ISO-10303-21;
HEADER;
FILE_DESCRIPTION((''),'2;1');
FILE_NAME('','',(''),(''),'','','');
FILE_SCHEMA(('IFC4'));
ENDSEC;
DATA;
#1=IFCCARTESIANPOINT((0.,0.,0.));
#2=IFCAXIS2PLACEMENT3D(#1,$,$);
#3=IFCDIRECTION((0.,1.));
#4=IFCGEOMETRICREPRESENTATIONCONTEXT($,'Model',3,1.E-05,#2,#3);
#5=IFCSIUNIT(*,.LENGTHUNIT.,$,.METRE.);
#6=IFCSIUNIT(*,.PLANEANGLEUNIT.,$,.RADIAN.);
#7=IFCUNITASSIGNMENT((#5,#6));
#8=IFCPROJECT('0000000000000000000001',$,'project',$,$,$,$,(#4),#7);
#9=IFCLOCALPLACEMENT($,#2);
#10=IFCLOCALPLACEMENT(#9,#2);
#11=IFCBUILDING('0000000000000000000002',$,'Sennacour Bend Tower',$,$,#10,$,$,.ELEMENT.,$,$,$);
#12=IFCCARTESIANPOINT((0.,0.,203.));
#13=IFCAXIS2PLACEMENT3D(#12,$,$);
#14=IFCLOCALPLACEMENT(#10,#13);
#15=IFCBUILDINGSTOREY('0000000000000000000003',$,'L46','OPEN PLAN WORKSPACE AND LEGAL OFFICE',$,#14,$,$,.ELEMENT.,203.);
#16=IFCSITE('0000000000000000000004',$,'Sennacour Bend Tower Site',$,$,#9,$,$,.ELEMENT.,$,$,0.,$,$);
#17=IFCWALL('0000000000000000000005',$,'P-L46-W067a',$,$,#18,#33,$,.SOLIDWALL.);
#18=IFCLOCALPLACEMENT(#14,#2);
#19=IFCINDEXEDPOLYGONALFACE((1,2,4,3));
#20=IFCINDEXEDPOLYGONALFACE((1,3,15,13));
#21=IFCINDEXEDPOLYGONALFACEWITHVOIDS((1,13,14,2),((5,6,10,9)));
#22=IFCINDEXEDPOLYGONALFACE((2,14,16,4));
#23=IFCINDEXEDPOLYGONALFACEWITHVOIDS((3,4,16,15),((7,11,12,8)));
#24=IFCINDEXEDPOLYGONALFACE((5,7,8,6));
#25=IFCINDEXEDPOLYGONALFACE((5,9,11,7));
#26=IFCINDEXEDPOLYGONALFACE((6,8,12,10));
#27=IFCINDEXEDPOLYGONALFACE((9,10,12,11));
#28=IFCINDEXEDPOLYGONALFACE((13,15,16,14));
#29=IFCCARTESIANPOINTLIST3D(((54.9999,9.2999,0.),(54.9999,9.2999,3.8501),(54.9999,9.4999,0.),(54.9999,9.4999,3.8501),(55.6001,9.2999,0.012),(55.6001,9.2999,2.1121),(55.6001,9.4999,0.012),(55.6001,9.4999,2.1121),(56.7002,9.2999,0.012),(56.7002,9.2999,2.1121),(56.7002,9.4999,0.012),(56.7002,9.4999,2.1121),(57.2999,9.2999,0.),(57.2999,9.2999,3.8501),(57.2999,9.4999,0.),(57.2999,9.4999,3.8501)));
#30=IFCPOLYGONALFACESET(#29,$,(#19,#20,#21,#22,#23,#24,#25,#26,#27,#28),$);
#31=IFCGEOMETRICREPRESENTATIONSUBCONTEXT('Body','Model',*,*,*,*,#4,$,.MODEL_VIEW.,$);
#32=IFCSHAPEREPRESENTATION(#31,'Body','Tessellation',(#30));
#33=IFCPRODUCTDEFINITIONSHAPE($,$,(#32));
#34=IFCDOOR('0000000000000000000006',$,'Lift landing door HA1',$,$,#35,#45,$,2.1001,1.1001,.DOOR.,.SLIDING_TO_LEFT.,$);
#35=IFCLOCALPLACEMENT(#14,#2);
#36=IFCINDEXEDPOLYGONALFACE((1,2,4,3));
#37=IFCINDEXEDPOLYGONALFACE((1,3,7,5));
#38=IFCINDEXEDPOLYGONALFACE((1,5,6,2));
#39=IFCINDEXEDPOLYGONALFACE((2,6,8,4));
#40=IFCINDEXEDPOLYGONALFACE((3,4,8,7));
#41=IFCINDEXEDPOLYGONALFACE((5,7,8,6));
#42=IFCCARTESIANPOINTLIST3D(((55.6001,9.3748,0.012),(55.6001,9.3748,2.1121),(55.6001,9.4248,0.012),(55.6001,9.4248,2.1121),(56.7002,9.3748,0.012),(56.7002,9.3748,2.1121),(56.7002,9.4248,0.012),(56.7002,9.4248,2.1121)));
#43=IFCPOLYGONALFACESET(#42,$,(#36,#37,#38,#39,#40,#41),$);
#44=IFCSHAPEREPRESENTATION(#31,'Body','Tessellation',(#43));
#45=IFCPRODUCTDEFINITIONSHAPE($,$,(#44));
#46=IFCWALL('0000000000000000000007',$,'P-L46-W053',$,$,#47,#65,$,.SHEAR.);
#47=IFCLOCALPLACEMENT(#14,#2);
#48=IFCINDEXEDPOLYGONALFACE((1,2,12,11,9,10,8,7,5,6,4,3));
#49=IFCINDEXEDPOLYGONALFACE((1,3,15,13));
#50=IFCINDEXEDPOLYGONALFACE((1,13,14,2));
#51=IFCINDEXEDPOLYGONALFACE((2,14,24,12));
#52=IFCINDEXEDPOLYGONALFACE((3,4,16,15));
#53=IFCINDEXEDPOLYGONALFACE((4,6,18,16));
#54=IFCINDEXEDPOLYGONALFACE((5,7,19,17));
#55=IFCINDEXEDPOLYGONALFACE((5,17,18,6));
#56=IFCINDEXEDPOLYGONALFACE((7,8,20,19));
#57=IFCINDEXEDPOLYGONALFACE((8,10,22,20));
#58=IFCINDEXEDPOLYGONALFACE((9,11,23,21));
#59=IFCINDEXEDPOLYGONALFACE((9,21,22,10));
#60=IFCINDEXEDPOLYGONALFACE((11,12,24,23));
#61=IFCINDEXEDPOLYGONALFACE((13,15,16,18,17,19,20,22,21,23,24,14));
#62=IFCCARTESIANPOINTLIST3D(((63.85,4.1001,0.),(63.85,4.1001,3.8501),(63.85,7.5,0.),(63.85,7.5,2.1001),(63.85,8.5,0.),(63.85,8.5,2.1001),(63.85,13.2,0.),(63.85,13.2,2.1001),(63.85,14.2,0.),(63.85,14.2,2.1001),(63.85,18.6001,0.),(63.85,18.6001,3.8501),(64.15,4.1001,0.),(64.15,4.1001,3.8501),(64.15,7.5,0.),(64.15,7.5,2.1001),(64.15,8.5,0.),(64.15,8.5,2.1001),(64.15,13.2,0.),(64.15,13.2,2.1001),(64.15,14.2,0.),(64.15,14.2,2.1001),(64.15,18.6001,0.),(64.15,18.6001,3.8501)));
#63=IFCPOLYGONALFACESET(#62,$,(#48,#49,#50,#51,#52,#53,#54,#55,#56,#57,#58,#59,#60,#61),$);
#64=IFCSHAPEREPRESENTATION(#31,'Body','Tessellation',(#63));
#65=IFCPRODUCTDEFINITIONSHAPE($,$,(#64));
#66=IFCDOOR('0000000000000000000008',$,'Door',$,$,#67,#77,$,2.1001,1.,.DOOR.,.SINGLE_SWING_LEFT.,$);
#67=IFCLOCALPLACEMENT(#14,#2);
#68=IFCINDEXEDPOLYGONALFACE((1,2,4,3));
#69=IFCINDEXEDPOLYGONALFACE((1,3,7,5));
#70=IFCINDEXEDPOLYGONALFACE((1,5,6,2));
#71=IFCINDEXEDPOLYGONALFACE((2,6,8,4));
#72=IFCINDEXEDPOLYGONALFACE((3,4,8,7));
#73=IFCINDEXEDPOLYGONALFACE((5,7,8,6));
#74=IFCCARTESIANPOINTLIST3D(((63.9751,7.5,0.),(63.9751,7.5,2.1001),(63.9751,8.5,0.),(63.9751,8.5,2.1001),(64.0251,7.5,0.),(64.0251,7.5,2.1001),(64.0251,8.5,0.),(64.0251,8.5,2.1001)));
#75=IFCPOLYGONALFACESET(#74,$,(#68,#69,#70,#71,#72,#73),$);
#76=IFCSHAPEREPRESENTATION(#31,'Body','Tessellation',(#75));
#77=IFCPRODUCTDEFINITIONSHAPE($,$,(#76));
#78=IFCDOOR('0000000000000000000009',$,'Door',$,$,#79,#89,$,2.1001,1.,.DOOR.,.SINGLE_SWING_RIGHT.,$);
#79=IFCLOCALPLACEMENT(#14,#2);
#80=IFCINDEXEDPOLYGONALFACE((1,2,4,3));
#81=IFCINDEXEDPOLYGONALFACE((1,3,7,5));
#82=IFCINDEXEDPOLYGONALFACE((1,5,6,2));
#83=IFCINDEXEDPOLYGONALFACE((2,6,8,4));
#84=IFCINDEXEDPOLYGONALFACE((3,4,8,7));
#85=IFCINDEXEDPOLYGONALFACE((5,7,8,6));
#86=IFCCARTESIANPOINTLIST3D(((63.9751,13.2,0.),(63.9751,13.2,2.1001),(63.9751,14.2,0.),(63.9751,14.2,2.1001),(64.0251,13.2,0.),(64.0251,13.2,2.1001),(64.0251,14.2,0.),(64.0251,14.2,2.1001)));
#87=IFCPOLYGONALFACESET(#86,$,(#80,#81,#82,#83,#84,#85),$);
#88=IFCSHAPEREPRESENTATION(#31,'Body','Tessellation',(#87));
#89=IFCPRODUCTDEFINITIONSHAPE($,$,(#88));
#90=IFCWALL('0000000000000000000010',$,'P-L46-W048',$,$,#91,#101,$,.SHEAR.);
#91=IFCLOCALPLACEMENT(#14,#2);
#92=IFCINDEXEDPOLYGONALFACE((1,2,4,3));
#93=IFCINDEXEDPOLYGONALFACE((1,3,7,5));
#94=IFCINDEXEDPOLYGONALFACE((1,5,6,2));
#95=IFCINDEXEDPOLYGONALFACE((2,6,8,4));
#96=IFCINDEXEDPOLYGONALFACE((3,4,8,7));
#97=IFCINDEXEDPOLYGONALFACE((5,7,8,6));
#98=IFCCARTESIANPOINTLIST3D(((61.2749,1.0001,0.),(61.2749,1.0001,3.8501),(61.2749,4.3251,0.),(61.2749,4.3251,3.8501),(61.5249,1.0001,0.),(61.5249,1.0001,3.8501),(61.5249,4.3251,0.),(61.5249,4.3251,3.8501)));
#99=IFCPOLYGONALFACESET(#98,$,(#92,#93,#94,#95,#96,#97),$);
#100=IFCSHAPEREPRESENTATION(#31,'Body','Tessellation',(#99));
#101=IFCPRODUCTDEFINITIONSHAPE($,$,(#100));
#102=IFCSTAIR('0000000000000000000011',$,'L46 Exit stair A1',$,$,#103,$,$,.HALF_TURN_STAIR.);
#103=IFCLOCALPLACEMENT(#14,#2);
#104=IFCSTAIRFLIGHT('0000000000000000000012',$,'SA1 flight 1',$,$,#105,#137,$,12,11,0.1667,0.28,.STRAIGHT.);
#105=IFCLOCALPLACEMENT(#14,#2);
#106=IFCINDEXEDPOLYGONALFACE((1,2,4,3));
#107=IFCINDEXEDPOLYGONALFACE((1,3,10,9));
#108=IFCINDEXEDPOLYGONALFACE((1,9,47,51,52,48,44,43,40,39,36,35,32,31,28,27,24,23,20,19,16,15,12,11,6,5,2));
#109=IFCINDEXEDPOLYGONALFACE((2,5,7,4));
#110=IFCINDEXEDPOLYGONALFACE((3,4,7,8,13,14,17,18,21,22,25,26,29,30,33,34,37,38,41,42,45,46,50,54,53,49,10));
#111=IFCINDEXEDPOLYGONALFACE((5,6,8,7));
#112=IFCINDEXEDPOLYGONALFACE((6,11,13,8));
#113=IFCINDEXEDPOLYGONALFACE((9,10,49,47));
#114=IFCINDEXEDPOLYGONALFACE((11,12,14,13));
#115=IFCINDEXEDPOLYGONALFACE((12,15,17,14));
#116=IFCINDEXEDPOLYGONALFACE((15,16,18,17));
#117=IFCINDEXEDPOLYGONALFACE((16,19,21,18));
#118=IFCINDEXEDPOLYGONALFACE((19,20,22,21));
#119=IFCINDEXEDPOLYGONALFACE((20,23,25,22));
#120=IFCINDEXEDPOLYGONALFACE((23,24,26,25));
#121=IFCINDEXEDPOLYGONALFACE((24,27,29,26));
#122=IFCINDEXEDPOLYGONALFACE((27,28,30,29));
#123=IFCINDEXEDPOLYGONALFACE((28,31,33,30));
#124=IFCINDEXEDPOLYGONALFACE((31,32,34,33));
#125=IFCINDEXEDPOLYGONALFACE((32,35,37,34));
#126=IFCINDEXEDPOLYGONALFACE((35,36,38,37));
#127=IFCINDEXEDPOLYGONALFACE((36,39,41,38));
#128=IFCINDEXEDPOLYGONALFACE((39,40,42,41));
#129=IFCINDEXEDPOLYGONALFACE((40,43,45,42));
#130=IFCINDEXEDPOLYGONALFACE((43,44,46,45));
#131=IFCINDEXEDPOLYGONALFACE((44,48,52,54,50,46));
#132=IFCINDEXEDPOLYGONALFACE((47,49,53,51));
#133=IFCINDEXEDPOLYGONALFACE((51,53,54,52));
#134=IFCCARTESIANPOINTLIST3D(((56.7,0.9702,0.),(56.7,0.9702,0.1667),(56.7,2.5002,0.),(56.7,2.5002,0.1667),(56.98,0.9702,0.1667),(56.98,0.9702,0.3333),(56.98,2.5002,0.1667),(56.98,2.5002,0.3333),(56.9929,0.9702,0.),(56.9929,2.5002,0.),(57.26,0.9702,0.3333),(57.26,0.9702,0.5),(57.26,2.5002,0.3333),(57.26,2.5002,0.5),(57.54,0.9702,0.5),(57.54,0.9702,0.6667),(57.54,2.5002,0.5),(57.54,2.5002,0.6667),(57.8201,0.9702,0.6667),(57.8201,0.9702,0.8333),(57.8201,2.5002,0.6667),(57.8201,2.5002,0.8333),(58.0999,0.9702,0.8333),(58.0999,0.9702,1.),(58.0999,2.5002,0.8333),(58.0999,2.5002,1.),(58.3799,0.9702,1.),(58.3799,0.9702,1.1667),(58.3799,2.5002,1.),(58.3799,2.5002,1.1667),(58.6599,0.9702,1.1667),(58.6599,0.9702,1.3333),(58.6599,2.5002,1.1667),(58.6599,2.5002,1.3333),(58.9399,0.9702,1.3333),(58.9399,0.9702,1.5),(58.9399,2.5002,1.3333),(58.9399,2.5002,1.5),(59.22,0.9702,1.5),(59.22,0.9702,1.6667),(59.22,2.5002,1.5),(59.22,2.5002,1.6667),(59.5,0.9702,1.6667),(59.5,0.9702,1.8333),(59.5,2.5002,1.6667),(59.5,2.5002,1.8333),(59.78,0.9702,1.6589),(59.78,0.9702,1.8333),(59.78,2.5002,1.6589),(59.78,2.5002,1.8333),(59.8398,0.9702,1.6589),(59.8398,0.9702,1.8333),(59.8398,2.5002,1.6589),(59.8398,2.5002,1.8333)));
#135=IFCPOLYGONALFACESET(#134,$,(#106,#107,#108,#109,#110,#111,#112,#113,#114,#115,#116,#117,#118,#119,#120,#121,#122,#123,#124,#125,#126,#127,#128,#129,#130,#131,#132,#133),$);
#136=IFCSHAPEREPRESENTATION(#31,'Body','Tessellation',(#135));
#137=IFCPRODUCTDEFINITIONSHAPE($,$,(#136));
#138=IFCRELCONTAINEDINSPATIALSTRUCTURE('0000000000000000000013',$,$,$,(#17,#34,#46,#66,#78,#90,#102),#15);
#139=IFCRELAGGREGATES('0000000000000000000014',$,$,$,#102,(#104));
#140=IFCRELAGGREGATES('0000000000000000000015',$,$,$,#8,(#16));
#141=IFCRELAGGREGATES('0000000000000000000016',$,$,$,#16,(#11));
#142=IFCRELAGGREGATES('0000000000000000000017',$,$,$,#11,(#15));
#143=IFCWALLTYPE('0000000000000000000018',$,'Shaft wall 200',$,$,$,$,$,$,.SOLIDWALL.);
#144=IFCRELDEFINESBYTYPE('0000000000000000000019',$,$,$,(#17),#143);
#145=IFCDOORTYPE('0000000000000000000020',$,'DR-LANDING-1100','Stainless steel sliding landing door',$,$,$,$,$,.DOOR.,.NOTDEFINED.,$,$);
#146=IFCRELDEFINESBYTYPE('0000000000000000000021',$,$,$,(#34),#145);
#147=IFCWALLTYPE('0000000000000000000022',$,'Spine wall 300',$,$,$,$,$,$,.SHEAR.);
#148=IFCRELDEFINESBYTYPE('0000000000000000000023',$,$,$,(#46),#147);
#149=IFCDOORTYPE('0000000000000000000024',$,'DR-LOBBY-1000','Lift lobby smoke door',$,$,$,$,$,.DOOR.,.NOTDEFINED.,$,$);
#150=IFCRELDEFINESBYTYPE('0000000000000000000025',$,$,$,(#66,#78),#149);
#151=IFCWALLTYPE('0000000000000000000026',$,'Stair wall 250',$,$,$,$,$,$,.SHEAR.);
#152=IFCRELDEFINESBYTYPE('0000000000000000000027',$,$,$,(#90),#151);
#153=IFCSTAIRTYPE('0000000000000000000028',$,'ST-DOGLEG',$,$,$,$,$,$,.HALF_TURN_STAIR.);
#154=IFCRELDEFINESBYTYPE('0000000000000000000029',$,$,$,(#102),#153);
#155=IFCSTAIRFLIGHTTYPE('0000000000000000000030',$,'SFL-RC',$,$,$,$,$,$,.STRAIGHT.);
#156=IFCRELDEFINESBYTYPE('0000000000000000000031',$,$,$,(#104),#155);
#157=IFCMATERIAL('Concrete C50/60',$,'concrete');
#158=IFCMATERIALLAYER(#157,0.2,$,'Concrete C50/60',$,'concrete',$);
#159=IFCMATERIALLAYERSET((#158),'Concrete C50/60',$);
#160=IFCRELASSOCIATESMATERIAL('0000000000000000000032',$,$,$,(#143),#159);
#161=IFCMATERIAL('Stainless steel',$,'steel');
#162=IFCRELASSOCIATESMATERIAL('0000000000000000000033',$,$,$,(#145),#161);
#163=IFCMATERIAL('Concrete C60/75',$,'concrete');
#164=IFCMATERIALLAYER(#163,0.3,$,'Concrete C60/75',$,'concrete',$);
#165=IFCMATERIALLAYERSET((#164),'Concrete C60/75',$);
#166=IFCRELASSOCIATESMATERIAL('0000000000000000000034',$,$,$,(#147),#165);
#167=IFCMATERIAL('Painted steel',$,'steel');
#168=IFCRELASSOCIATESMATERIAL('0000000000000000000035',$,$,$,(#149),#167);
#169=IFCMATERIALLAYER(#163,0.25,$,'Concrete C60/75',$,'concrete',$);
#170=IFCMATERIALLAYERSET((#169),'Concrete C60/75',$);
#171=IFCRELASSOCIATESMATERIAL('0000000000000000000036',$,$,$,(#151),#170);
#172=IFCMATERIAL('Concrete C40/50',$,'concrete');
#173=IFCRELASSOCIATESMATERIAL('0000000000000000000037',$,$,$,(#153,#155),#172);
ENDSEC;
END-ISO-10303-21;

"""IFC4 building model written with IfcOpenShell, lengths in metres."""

from ifc_helpers import new_model, si_unit, direction, frame, frame_2d, origin, place, context, subcontext, project, spatial, polyline, rectangle, outline, extrude, material, layer, layer_set, type_object, element, fill, aggregate, save


model = new_model("IFC4")

# Units and contexts
model_context = context("Model", 3, precision=1e-05, world=origin(), true_north=direction((0.0, 1.0)))
body_context = subcontext(model_context, "Body", "Model", "MODEL_VIEW")
ifc_project = project(units=[si_unit("LENGTHUNIT", "METRE"), si_unit("PLANEANGLEUNIT", "RADIAN")], contexts=[model_context])

# Site, building, storey
site_placement = place(None, origin())
site = spatial("IfcSite", under=ifc_project, at=site_placement, Name="Sennacour Bend Tower Site", CompositionType="ELEMENT", RefElevation=0.0)
building_placement = place(site_placement, origin())
building = spatial("IfcBuilding", under=site, at=building_placement, Name="Sennacour Bend Tower", CompositionType="ELEMENT")
storey_placement = place(building_placement, frame((0.0, 0.0, 203.0)))
storey = spatial("IfcBuildingStorey", under=building, at=storey_placement, Name="L46", Description="OPEN PLAN WORKSPACE AND LEGAL OFFICE", CompositionType="ELEMENT", Elevation=203.0)

# Shared definitions
ifc_material_1 = material(Name="Concrete C60/75", Category="concrete")

# Shared definitions
ifc_material_2 = material(Name="Painted steel", Category="steel")

# Shared definitions
ifc_material_3 = material(Name="Concrete C50/60", Category="concrete")
ifc_layer_1 = layer(ifc_material_3, 0.2, Name="Concrete C50/60", Category="concrete")
ifc_layer_set_1 = layer_set([ifc_layer_1], Name="Concrete C50/60")
wall_type_1 = type_object("IfcWallType", Name="Shaft wall 200", PredefinedType="SOLIDWALL", material=ifc_layer_set_1)

# Wall, opening, door
wall_1_placement = place(storey_placement, frame((55.0, 9.3999, 0.0), z_axis=(0.0, 0.0, 1.0), x_axis=(1.0, 0.0, 0.0)))
wall_1 = element("IfcWall", 1, at=wall_1_placement, inside=storey, type_object=wall_type_1, Name="P-L46-W067a", PredefinedType="SOLIDWALL", context=body_context, shape_type="SweptSolid", body=[
    extrude(rectangle(XDim=2.3, YDim=0.2, at=frame_2d((1.1499, 0.0))), origin(), (0.0, 0.0, 1.0), 3.8501),
])
opening_1_placement = place(wall_1_placement, frame((0.6001, 0.0, 0.012)))
opening_1 = element("IfcOpeningElement", 2, at=opening_1_placement, cuts=wall_1, PredefinedType="OPENING", context=body_context, shape_type="SweptSolid", body=[
    extrude(rectangle(XDim=1.1001, YDim=2.1001, at=frame_2d((0.55, 1.05))), frame((0.0, 0.1099, 0.0), z_axis=(0.0, -1.0, 0.0), x_axis=(1.0, 0.0, 0.0)), (0.0, 0.0, 1.0), 0.22),
])
ifc_material_4 = material(Name="Stainless steel", Category="steel")
door_type_1 = type_object("IfcDoorType", Name="DR-LANDING-1100", Description="Stainless steel sliding landing door", OperationType="NOTDEFINED", PredefinedType="DOOR", material=ifc_material_4)
door_1_placement = place(opening_1_placement, origin())
door_1 = element("IfcDoor", 3, at=door_1_placement, inside=storey, type_object=door_type_1, Name="Lift landing door HA1", OperationType="SLIDING_TO_LEFT", OverallHeight=2.1001, OverallWidth=1.1001, PredefinedType="DOOR", context=body_context, shape_type="SweptSolid", body=[
    extrude(rectangle(XDim=1.1001, YDim=2.1001, at=frame_2d((0.55, 1.05))), frame((0.0, 0.0249, 0.0), z_axis=(0.0, -1.0, 0.0), x_axis=(1.0, 0.0, 0.0)), (0.0, 0.0, 1.0), 0.05),
])
fill(opening_1, door_1)

# Wall, openings, doors
ifc_layer_2 = layer(ifc_material_1, 0.3, Name="Concrete C60/75", Category="concrete")
ifc_layer_set_2 = layer_set([ifc_layer_2], Name="Concrete C60/75")
wall_type_2 = type_object("IfcWallType", Name="Spine wall 300", PredefinedType="SHEAR", material=ifc_layer_set_2)
wall_2_placement = place(storey_placement, frame((64.0, 4.1001, 0.0), z_axis=(0.0, 0.0, 1.0), x_axis=(0.0, 1.0, 0.0)))
wall_2 = element("IfcWall", 4, at=wall_2_placement, inside=storey, type_object=wall_type_2, Name="P-L46-W053", PredefinedType="SHEAR", context=body_context, shape_type="SweptSolid", body=[
    extrude(rectangle(XDim=14.5, YDim=0.3, at=frame_2d((7.25, 0.0))), origin(), (0.0, 0.0, 1.0), 3.8501),
])
opening_2_placement = place(wall_2_placement, frame((3.3999, 0.0, 0.0)))
opening_2 = element("IfcOpeningElement", 5, at=opening_2_placement, cuts=wall_2, PredefinedType="OPENING", context=body_context, shape_type="SweptSolid", body=[
    extrude(rectangle(XDim=1.0, YDim=2.1001, at=frame_2d((0.5, 1.05))), frame((0.0, 0.1602, 0.0), z_axis=(0.0, -1.0, 0.0), x_axis=(1.0, 0.0, 0.0)), (0.0, 0.0, 1.0), 0.3201),
])
opening_3_placement = place(wall_2_placement, frame((9.0999, 0.0, 0.0)))
opening_3 = element("IfcOpeningElement", 6, at=opening_3_placement, cuts=wall_2, PredefinedType="OPENING", context=body_context, shape_type="SweptSolid", body=[
    extrude(rectangle(XDim=1.0, YDim=2.1001, at=frame_2d((0.5, 1.05))), frame((0.0, 0.1602, 0.0), z_axis=(0.0, -1.0, 0.0), x_axis=(1.0, 0.0, 0.0)), (0.0, 0.0, 1.0), 0.3201),
])
door_type_2 = type_object("IfcDoorType", Name="DR-LOBBY-1000", Description="Lift lobby smoke door", OperationType="NOTDEFINED", PredefinedType="DOOR", material=ifc_material_2)
door_2_placement = place(opening_2_placement, origin())
door_2 = element("IfcDoor", 7, at=door_2_placement, inside=storey, type_object=door_type_2, Name="Door", OperationType="SINGLE_SWING_LEFT", OverallHeight=2.1001, OverallWidth=1.0, PredefinedType="DOOR", context=body_context, shape_type="SweptSolid", body=[
    extrude(rectangle(XDim=1.0, YDim=2.1001, at=frame_2d((0.5, 1.05))), frame((0.0, 0.0249, 0.0), z_axis=(0.0, -1.0, 0.0), x_axis=(1.0, 0.0, 0.0)), (0.0, 0.0, 1.0), 0.05),
])
fill(opening_2, door_2)
door_3_placement = place(opening_3_placement, origin())
door_3 = element("IfcDoor", 8, at=door_3_placement, inside=storey, type_object=door_type_2, Name="Door", OperationType="SINGLE_SWING_RIGHT", OverallHeight=2.1001, OverallWidth=1.0, PredefinedType="DOOR", context=body_context, shape_type="SweptSolid", body=[
    extrude(rectangle(XDim=1.0, YDim=2.1001, at=frame_2d((0.5, 1.05))), frame((0.0, 0.0249, 0.0), z_axis=(0.0, -1.0, 0.0), x_axis=(1.0, 0.0, 0.0)), (0.0, 0.0, 1.0), 0.05),
])
fill(opening_3, door_3)

# Wall
ifc_layer_3 = layer(ifc_material_1, 0.25, Name="Concrete C60/75", Category="concrete")
ifc_layer_set_3 = layer_set([ifc_layer_3], Name="Concrete C60/75")
wall_type_3 = type_object("IfcWallType", Name="Stair wall 250", PredefinedType="SHEAR", material=ifc_layer_set_3)
wall_3_placement = place(storey_placement, frame((61.3999, 1.0, 0.0), z_axis=(0.0, 0.0, 1.0), x_axis=(0.0, 1.0, 0.0)))
element("IfcWall", 9, at=wall_3_placement, inside=storey, type_object=wall_type_3, Name="P-L46-W048", PredefinedType="SHEAR", context=body_context, shape_type="SweptSolid", body=[
    extrude(rectangle(XDim=3.325, YDim=0.25, at=frame_2d((1.6626, 0.0))), origin(), (0.0, 0.0, 1.0), 3.8501),
])

# Stair, stair flight
ifc_material_5 = material(Name="Concrete C40/50", Category="concrete")
stair_type = type_object("IfcStairType", Name="ST-DOGLEG", PredefinedType="HALF_TURN_STAIR", material=ifc_material_5)
stair_placement = place(storey_placement, origin())
stair = element("IfcStair", 10, at=stair_placement, inside=storey, type_object=stair_type, Name="L46 Exit stair A1", PredefinedType="HALF_TURN_STAIR")
stair_flight_type = type_object("IfcStairFlightType", Name="SFL-RC", PredefinedType="STRAIGHT", material=ifc_material_5)
stair_flight_1_placement = place(storey_placement, frame((56.7, 1.7351, 0.0), z_axis=(0.0, 0.0, 1.0), x_axis=(1.0, 0.0, 0.0)))
stair_flight_1 = element("IfcStairFlight", 11, at=stair_flight_1_placement, type_object=stair_flight_type, Name="SA1 flight 1", NumberOfRisers=12, NumberOfTreads=11, PredefinedType="STRAIGHT", RiserHeight=0.1667, TreadLength=0.28, context=body_context, shape_type="SweptSolid", body=[
    extrude(outline(polyline([(0.0, 0.0), (0.0, 0.1667), (0.28, 0.1667), (0.28, 0.3333), (0.5601, 0.3333), (0.5601, 0.5), (0.8401, 0.5), (0.8401, 0.6667), (1.1201, 0.6667), (1.1201, 0.8333), (1.3999, 0.8333), (1.3999, 1.0), (1.6799, 1.0), (1.6799, 1.1667), (1.96, 1.1667), (1.96, 1.3333), (2.24, 1.3333), (2.24, 1.5), (2.52, 1.5), (2.52, 1.6667), (2.8, 1.6667), (2.8, 1.8333), (3.0801, 1.8333), (3.1399, 1.8333), (3.1399, 1.6589), (3.0801, 1.6589), (0.293, 0.0), (0.0, 0.0)])), frame((0.0, 0.7651, 0.0), z_axis=(0.0, -1.0, 0.0), x_axis=(1.0, 0.0, 0.0)), (0.0, 0.0, 1.0), 1.53),
])
aggregate(stair, [stair_flight_1])

save(model, "model.ifc")
